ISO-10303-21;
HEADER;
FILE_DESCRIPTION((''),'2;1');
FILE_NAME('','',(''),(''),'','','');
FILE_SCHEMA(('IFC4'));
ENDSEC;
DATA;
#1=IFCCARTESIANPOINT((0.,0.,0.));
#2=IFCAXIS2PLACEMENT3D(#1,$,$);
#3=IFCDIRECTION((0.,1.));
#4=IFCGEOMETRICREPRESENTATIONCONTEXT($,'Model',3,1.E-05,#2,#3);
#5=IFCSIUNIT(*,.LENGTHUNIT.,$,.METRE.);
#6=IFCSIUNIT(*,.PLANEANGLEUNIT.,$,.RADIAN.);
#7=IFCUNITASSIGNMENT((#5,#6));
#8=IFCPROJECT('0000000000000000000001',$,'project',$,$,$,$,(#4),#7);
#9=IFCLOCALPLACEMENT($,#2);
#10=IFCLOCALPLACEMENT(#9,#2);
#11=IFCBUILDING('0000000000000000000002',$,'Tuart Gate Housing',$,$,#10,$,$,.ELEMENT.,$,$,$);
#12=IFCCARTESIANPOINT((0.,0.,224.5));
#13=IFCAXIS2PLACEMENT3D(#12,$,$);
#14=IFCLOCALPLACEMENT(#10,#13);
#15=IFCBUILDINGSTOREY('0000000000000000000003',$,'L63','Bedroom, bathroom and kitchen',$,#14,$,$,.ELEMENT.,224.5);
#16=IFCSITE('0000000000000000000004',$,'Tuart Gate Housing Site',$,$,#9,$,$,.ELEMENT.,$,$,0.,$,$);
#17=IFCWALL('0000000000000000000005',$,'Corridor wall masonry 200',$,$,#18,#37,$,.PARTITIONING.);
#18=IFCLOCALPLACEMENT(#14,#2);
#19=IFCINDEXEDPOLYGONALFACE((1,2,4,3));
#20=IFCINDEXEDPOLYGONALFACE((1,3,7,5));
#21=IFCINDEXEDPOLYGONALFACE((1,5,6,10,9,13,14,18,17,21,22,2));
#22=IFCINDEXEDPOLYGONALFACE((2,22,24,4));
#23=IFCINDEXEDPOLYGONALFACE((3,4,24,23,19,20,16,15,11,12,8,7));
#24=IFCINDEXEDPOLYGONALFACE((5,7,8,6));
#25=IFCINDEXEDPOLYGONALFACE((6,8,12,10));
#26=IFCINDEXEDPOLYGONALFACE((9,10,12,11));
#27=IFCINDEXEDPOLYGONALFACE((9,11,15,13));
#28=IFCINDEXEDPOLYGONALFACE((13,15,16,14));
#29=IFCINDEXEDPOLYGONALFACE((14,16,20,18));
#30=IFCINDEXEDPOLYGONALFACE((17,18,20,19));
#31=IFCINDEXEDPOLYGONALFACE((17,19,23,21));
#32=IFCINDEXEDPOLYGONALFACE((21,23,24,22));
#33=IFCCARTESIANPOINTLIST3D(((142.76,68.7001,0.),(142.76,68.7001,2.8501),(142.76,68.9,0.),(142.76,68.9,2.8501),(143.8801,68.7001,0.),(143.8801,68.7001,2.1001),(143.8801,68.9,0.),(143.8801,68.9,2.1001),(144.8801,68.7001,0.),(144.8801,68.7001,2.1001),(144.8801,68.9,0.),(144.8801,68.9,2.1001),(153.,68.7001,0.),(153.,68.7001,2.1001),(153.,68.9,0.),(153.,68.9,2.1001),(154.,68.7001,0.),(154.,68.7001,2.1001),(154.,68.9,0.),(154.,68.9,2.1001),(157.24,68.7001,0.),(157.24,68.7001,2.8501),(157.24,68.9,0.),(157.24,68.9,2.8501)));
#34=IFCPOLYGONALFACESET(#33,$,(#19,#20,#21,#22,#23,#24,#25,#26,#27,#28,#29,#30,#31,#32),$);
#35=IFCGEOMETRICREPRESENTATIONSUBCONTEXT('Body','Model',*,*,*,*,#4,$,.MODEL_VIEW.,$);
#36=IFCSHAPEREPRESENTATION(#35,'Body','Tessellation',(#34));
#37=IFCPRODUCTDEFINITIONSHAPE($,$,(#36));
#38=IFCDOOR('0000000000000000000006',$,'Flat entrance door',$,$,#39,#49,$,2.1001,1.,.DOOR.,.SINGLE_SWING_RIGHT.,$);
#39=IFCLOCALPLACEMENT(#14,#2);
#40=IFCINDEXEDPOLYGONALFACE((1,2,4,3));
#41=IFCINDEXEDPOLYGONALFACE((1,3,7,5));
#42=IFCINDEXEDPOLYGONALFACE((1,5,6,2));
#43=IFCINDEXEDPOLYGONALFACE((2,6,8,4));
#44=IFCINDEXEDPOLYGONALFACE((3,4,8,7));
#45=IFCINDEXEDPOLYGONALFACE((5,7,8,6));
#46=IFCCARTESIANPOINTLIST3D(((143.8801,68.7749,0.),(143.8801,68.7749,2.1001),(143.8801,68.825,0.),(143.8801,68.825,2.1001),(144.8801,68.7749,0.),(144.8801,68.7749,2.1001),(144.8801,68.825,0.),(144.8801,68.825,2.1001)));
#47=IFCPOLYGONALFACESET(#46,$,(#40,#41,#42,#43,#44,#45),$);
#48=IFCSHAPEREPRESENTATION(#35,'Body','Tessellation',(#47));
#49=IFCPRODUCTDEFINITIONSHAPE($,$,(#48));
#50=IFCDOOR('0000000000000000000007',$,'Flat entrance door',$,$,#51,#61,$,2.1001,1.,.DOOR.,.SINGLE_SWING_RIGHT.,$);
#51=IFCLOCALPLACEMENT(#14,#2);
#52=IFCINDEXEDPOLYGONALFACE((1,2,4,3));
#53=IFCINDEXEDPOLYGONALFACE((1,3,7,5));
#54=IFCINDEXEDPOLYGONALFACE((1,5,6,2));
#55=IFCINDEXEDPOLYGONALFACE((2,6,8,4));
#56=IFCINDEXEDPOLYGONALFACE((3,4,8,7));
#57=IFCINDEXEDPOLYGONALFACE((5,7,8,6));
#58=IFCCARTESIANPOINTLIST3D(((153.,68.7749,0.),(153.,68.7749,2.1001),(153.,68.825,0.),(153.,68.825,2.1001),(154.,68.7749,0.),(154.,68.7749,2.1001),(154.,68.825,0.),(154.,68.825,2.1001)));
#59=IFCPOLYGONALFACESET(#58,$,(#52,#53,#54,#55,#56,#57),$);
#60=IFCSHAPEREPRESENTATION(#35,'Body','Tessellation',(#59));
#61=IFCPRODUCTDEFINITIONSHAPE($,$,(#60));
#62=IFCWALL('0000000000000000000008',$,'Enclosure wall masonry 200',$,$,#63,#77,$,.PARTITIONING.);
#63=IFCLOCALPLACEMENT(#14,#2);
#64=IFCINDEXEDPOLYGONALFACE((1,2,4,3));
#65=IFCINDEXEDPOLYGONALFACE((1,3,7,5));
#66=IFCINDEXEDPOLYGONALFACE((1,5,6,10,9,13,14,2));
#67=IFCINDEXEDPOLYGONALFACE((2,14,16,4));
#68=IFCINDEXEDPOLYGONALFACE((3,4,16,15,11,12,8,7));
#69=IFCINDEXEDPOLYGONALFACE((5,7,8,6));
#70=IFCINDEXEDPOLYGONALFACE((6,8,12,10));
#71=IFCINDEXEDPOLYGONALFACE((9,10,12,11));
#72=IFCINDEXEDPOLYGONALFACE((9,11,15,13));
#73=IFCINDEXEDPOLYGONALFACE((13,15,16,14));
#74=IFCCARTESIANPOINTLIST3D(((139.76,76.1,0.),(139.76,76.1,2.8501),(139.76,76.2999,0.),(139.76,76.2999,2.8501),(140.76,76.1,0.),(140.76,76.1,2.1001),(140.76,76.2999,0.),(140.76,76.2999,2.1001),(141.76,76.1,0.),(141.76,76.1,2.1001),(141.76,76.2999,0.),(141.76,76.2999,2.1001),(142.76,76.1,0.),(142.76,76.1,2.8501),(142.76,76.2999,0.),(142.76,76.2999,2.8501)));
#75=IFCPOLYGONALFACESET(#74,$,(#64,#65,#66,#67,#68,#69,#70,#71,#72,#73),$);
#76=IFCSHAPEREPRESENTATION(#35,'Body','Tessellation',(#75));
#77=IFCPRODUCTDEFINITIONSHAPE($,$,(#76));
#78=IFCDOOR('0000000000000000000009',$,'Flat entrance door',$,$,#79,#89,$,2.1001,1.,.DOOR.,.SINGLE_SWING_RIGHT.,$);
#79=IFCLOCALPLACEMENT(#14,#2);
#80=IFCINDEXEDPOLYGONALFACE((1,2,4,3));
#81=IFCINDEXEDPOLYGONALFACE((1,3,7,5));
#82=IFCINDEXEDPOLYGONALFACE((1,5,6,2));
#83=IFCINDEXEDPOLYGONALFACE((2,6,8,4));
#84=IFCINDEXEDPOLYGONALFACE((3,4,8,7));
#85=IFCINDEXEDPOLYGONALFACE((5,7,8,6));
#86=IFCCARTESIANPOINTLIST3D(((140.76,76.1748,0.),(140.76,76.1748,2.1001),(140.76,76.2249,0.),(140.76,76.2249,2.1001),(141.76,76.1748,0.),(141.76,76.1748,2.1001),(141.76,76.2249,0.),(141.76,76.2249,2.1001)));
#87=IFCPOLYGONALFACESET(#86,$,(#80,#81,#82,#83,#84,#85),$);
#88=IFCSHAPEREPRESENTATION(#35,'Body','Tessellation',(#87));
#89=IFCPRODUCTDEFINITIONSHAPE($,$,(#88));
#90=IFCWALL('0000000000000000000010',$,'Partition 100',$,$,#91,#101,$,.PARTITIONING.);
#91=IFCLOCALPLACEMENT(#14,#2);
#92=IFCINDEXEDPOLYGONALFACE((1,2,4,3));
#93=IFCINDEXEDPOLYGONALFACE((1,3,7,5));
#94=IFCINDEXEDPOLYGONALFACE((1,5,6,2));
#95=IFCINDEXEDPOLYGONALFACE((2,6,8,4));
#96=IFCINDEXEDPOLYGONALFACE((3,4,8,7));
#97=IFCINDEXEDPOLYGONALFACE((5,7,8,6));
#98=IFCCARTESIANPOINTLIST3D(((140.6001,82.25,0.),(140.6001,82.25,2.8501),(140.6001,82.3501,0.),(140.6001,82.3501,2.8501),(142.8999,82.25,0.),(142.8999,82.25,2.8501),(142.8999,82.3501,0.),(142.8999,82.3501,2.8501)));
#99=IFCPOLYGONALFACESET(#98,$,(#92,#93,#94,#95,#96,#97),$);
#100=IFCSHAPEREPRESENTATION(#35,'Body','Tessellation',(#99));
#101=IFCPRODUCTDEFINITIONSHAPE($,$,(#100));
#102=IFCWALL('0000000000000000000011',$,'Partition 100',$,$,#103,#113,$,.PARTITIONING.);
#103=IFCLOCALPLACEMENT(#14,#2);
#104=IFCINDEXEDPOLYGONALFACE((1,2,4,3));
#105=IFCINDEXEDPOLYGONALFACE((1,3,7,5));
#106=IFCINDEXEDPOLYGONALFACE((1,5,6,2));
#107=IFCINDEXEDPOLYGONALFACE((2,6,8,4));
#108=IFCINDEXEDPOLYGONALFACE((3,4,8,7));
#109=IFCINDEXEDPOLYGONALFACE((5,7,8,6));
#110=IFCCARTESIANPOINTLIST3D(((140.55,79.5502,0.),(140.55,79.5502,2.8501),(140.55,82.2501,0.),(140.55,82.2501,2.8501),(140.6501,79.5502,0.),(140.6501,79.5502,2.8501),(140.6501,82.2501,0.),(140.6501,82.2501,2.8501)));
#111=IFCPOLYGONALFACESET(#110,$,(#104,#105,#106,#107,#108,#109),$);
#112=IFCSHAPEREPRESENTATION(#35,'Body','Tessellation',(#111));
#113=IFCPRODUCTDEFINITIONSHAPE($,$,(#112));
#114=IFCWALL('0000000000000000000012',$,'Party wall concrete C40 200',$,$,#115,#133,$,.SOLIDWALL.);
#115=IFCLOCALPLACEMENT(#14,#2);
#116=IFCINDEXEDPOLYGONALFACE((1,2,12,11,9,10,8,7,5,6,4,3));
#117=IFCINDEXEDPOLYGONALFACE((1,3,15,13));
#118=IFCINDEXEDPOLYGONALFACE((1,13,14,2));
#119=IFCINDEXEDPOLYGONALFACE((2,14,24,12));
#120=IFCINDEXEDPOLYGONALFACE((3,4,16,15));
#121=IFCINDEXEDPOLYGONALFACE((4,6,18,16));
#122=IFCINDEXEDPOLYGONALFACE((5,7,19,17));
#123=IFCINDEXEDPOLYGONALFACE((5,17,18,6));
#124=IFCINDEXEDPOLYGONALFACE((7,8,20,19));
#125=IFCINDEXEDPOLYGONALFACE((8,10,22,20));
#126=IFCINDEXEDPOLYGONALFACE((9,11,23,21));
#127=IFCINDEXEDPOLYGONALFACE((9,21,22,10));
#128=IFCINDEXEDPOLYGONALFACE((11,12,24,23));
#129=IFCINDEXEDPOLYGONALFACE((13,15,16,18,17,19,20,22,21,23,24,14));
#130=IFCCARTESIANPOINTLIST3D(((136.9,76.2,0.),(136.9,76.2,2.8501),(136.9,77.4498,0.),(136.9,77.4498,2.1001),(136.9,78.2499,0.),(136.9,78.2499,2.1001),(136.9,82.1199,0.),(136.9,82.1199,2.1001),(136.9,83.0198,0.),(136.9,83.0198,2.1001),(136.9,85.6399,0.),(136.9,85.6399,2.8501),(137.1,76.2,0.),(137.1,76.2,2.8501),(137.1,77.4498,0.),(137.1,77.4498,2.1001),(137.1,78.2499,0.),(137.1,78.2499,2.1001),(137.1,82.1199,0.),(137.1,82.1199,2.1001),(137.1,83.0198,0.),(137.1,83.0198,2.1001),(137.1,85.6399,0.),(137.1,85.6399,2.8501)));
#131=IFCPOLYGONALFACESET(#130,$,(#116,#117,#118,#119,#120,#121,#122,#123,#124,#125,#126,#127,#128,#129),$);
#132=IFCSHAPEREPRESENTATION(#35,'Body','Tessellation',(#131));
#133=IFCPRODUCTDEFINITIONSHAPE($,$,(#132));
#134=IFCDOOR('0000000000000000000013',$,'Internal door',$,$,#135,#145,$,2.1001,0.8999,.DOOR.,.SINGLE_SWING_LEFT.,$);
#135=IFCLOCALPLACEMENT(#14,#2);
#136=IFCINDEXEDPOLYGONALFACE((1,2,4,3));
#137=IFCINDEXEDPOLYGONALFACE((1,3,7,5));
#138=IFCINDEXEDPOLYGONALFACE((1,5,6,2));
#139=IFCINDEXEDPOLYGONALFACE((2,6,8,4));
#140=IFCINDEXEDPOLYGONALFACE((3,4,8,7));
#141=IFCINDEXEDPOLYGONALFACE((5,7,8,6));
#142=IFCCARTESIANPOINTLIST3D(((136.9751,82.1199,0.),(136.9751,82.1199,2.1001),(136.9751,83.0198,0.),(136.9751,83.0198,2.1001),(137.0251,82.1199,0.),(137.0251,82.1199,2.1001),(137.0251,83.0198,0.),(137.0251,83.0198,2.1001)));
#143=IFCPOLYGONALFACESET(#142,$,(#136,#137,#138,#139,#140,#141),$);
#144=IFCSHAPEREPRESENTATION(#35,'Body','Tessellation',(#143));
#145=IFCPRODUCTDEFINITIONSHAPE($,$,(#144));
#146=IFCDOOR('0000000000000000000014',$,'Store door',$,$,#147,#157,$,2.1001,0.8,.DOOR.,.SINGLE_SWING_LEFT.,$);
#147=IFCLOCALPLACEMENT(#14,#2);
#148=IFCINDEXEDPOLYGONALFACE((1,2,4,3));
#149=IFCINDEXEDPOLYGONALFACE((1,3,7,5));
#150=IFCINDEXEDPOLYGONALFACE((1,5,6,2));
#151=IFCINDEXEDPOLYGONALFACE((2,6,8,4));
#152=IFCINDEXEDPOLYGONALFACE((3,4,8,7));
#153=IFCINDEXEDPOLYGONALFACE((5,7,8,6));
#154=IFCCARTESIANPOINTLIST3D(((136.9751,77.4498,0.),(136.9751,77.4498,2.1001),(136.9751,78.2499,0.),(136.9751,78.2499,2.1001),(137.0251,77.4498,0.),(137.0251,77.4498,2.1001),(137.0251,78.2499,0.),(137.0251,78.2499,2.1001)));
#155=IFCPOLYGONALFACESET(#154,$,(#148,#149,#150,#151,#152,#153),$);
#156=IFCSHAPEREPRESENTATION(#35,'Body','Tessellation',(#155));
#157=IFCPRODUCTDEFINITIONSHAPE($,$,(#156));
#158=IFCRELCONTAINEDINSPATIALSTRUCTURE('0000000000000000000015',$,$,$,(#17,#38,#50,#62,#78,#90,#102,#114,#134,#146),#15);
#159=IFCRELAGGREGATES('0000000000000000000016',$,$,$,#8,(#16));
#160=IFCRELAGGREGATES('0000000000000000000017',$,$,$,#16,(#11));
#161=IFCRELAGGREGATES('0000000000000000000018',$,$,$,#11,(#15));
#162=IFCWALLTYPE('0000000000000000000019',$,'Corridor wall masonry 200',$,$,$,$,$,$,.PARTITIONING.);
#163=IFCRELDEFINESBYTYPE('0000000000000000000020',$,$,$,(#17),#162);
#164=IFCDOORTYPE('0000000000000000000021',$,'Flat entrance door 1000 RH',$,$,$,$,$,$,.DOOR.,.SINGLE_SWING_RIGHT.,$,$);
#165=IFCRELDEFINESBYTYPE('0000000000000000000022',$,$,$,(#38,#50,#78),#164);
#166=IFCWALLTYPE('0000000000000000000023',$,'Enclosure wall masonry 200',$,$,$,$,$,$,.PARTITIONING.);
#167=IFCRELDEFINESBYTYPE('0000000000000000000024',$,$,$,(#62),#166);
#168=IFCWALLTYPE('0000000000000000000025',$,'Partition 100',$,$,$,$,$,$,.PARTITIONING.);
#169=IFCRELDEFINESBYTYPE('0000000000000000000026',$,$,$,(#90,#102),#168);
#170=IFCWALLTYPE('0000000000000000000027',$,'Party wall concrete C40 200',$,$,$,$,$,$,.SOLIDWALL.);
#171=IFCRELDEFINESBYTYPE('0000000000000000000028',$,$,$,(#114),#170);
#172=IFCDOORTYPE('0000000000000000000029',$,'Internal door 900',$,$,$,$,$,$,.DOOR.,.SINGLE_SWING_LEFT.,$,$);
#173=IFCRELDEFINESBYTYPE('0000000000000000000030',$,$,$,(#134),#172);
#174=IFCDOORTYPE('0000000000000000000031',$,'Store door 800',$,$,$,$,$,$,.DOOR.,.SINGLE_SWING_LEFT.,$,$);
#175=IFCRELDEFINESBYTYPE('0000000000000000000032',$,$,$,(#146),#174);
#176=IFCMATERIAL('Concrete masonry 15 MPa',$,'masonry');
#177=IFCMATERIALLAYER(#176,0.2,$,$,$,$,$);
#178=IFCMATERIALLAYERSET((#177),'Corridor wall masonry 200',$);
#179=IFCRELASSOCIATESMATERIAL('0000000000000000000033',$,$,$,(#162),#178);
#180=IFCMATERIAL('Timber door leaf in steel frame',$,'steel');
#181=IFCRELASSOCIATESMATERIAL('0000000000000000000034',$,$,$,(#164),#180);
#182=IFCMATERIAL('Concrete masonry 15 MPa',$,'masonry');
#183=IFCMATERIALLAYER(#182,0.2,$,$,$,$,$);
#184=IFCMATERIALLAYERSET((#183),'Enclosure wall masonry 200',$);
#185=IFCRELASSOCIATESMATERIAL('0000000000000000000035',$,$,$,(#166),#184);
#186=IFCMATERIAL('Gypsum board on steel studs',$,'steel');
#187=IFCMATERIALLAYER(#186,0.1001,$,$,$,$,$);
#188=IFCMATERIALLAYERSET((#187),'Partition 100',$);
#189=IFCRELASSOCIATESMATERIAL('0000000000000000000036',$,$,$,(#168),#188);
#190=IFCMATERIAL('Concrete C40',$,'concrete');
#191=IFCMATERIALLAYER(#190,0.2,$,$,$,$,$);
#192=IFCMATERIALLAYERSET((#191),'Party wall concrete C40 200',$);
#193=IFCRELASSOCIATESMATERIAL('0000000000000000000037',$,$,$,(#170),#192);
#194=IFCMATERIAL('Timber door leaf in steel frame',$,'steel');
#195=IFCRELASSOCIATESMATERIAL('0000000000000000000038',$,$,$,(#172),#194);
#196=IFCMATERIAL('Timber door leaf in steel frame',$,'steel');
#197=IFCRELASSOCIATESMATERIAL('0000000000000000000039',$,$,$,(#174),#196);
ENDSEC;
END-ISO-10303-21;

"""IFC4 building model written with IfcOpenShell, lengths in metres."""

from ifc_helpers import new_model, si_unit, direction, frame, frame_2d, origin, place, context, subcontext, project, spatial, rectangle, extrude, material, layer, layer_set, type_object, element, fill, save


model = new_model("IFC4")

# Units and contexts
model_context = context("Model", 3, precision=1e-05, world=origin(), true_north=direction((0.0, 1.0)))
body_context = subcontext(model_context, "Body", "Model", "MODEL_VIEW")
ifc_project = project(units=[si_unit("LENGTHUNIT", "METRE"), si_unit("PLANEANGLEUNIT", "RADIAN")], contexts=[model_context])

# Site, building, storey
site_placement = place(None, origin())
site = spatial("IfcSite", under=ifc_project, at=site_placement, Name="Tuart Gate Housing Site", CompositionType="ELEMENT", RefElevation=0.0)
building_placement = place(site_placement, origin())
building = spatial("IfcBuilding", under=site, at=building_placement, Name="Tuart Gate Housing", CompositionType="ELEMENT")
storey_placement = place(building_placement, frame((0.0, 0.0, 224.5)))
storey = spatial("IfcBuildingStorey", under=building, at=storey_placement, Name="L63", Description="Bedroom, bathroom and kitchen", CompositionType="ELEMENT", Elevation=224.5)

# Wall, openings, doors
ifc_material_1 = material(Name="Concrete masonry 15 MPa", Category="masonry")
ifc_layer_1 = layer(ifc_material_1, 0.2)
ifc_layer_set_1 = layer_set([ifc_layer_1], Name="Corridor wall masonry 200")
wall_type_1 = type_object("IfcWallType", Name="Corridor wall masonry 200", PredefinedType="PARTITIONING", material=ifc_layer_set_1)
wall_1_placement = place(storey_placement, frame((142.76, 68.8, 0.0), z_axis=(0.0, 0.0, 1.0), x_axis=(1.0, 0.0, 0.0)))
wall_1 = element("IfcWall", 1, at=wall_1_placement, inside=storey, type_object=wall_type_1, Name="Corridor wall masonry 200", PredefinedType="PARTITIONING", context=body_context, shape_type="SweptSolid", body=[
    extrude(rectangle(XDim=14.48, YDim=0.2, at=frame_2d((7.24, 0.0))), origin(), (0.0, 0.0, 1.0), 2.8501),
])
opening_1_placement = place(wall_1_placement, frame((1.1201, 0.0, 0.0)))
opening_1 = element("IfcOpeningElement", 2, at=opening_1_placement, cuts=wall_1, PredefinedType="OPENING", context=body_context, shape_type="SweptSolid", body=[
    extrude(rectangle(XDim=1.0, YDim=2.1001, at=frame_2d((0.5, 1.05))), frame((0.0, 0.1099, 0.0), z_axis=(0.0, -1.0, 0.0), x_axis=(1.0, 0.0, 0.0)), (0.0, 0.0, 1.0), 0.22),
])
opening_2_placement = place(wall_1_placement, frame((10.24, 0.0, 0.0)))
opening_2 = element("IfcOpeningElement", 3, at=opening_2_placement, cuts=wall_1, PredefinedType="OPENING", context=body_context, shape_type="SweptSolid", body=[
    extrude(rectangle(XDim=1.0, YDim=2.1001, at=frame_2d((0.5, 1.05))), frame((0.0, 0.1099, 0.0), z_axis=(0.0, -1.0, 0.0), x_axis=(1.0, 0.0, 0.0)), (0.0, 0.0, 1.0), 0.22),
])
ifc_material_2 = material(Name="Timber door leaf in steel frame", Category="steel")
door_type_1 = type_object("IfcDoorType", Name="Flat entrance door 1000 RH", OperationType="SINGLE_SWING_RIGHT", PredefinedType="DOOR", material=ifc_material_2)
door_1_placement = place(opening_1_placement, frame((1.0, 0.0, 0.0), z_axis=(0.0, 0.0, 1.0), x_axis=(-1.0, 0.0, 0.0)))
door_1 = element("IfcDoor", 4, at=door_1_placement, inside=storey, type_object=door_type_1, Name="Flat entrance door", OperationType="SINGLE_SWING_RIGHT", OverallHeight=2.1001, OverallWidth=1.0, PredefinedType="DOOR", context=body_context, shape_type="SweptSolid", body=[
    extrude(rectangle(XDim=1.0, YDim=2.1001, at=frame_2d((0.5, 1.05))), frame((0.0, 0.0251, 0.0), z_axis=(0.0, -1.0, 0.0), x_axis=(1.0, 0.0, 0.0)), (0.0, 0.0, 1.0), 0.05),
])
fill(opening_1, door_1)
door_2_placement = place(opening_2_placement, frame((1.0, 0.0, 0.0), z_axis=(0.0, 0.0, 1.0), x_axis=(-1.0, 0.0, 0.0)))
door_2 = element("IfcDoor", 5, at=door_2_placement, inside=storey, type_object=door_type_1, Name="Flat entrance door", OperationType="SINGLE_SWING_RIGHT", OverallHeight=2.1001, OverallWidth=1.0, PredefinedType="DOOR", context=body_context, shape_type="SweptSolid", body=[
    extrude(rectangle(XDim=1.0, YDim=2.1001, at=frame_2d((0.5, 1.05))), frame((0.0, 0.0251, 0.0), z_axis=(0.0, -1.0, 0.0), x_axis=(1.0, 0.0, 0.0)), (0.0, 0.0, 1.0), 0.05),
])
fill(opening_2, door_2)

# Wall, opening, door
ifc_material_3 = material(Name="Concrete masonry 15 MPa", Category="masonry")
ifc_layer_2 = layer(ifc_material_3, 0.2)
ifc_layer_set_2 = layer_set([ifc_layer_2], Name="Enclosure wall masonry 200")
wall_type_2 = type_object("IfcWallType", Name="Enclosure wall masonry 200", PredefinedType="PARTITIONING", material=ifc_layer_set_2)
wall_2_placement = place(storey_placement, frame((139.76, 76.2, 0.0), z_axis=(0.0, 0.0, 1.0), x_axis=(1.0, 0.0, 0.0)))
wall_2 = element("IfcWall", 6, at=wall_2_placement, inside=storey, type_object=wall_type_2, Name="Enclosure wall masonry 200", PredefinedType="PARTITIONING", context=body_context, shape_type="SweptSolid", body=[
    extrude(rectangle(XDim=3.0, YDim=0.2, at=frame_2d((1.5, 0.0))), origin(), (0.0, 0.0, 1.0), 2.8501),
])
opening_3_placement = place(wall_2_placement, frame((1.0, 0.0, 0.0)))
opening_3 = element("IfcOpeningElement", 7, at=opening_3_placement, cuts=wall_2, PredefinedType="OPENING", context=body_context, shape_type="SweptSolid", body=[
    extrude(rectangle(XDim=1.0, YDim=2.1001, at=frame_2d((0.5, 1.05))), frame((0.0, 0.1099, 0.0), z_axis=(0.0, -1.0, 0.0), x_axis=(1.0, 0.0, 0.0)), (0.0, 0.0, 1.0), 0.22),
])
door_3_placement = place(opening_3_placement, origin())
door_3 = element("IfcDoor", 8, at=door_3_placement, inside=storey, type_object=door_type_1, Name="Flat entrance door", OperationType="SINGLE_SWING_RIGHT", OverallHeight=2.1001, OverallWidth=1.0, PredefinedType="DOOR", context=body_context, shape_type="SweptSolid", body=[
    extrude(rectangle(XDim=1.0, YDim=2.1001, at=frame_2d((0.5, 1.05))), frame((0.0, 0.0249, 0.0), z_axis=(0.0, -1.0, 0.0), x_axis=(1.0, 0.0, 0.0)), (0.0, 0.0, 1.0), 0.05),
])
fill(opening_3, door_3)

# Walls
ifc_material_4 = material(Name="Gypsum board on steel studs", Category="steel")
ifc_layer_3 = layer(ifc_material_4, 0.1001)
ifc_layer_set_3 = layer_set([ifc_layer_3], Name="Partition 100")
wall_type_3 = type_object("IfcWallType", Name="Partition 100", PredefinedType="PARTITIONING", material=ifc_layer_set_3)
wall_3_placement = place(storey_placement, frame((140.6001, 82.3, 0.0), z_axis=(0.0, 0.0, 1.0), x_axis=(1.0, 0.0, 0.0)))
element("IfcWall", 9, at=wall_3_placement, inside=storey, type_object=wall_type_3, Name="Partition 100", PredefinedType="PARTITIONING", context=body_context, shape_type="SweptSolid", body=[
    extrude(rectangle(XDim=2.2998, YDim=0.1001, at=frame_2d((1.1499, 0.0))), origin(), (0.0, 0.0, 1.0), 2.8501),
])
wall_4_placement = place(storey_placement, frame((140.6001, 79.55, 0.0), z_axis=(0.0, 0.0, 1.0), x_axis=(0.0, 1.0, 0.0)))
element("IfcWall", 10, at=wall_4_placement, inside=storey, type_object=wall_type_3, Name="Partition 100", PredefinedType="PARTITIONING", context=body_context, shape_type="SweptSolid", body=[
    extrude(rectangle(XDim=2.7, YDim=0.1001, at=frame_2d((1.3501, 0.0))), origin(), (0.0, 0.0, 1.0), 2.8501),
])

# Wall, openings, doors
ifc_material_5 = material(Name="Concrete C40", Category="concrete")
ifc_layer_4 = layer(ifc_material_5, 0.2)
ifc_layer_set_4 = layer_set([ifc_layer_4], Name="Party wall concrete C40 200")
wall_type_4 = type_object("IfcWallType", Name="Party wall concrete C40 200", PredefinedType="SOLIDWALL", material=ifc_layer_set_4)
wall_5_placement = place(storey_placement, frame((137.0, 76.2, 0.0), z_axis=(0.0, 0.0, 1.0), x_axis=(0.0, 1.0, 0.0)))
wall_5 = element("IfcWall", 11, at=wall_5_placement, inside=storey, type_object=wall_type_4, Name="Party wall concrete C40 200", PredefinedType="SOLIDWALL", context=body_context, shape_type="SweptSolid", body=[
    extrude(rectangle(XDim=9.4399, YDim=0.2, at=frame_2d((4.72, 0.0))), origin(), (0.0, 0.0, 1.0), 2.8501),
])
opening_4_placement = place(wall_5_placement, frame((5.9199, 0.0, 0.0)))
opening_4 = element("IfcOpeningElement", 12, at=opening_4_placement, cuts=wall_5, PredefinedType="OPENING", context=body_context, shape_type="SweptSolid", body=[
    extrude(rectangle(XDim=0.8999, YDim=2.1001, at=frame_2d((0.45, 1.05))), frame((0.0, 0.1099, 0.0), z_axis=(0.0, -1.0, 0.0), x_axis=(1.0, 0.0, 0.0)), (0.0, 0.0, 1.0), 0.22),
])
opening_5_placement = place(wall_5_placement, frame((1.25, 0.0, 0.0)))
opening_5 = element("IfcOpeningElement", 13, at=opening_5_placement, cuts=wall_5, PredefinedType="OPENING", context=body_context, shape_type="SweptSolid", body=[
    extrude(rectangle(XDim=0.8, YDim=2.1001, at=frame_2d((0.3999, 1.05))), frame((0.0, 0.1099, 0.0), z_axis=(0.0, -1.0, 0.0), x_axis=(1.0, 0.0, 0.0)), (0.0, 0.0, 1.0), 0.22),
])
ifc_material_6 = material(Name="Timber door leaf in steel frame", Category="steel")
door_type_2 = type_object("IfcDoorType", Name="Internal door 900", OperationType="SINGLE_SWING_LEFT", PredefinedType="DOOR", material=ifc_material_6)
door_4_placement = place(opening_4_placement, origin())
door_4 = element("IfcDoor", 14, at=door_4_placement, inside=storey, type_object=door_type_2, Name="Internal door", OperationType="SINGLE_SWING_LEFT", OverallHeight=2.1001, OverallWidth=0.8999, PredefinedType="DOOR", context=body_context, shape_type="SweptSolid", body=[
    extrude(rectangle(XDim=0.8999, YDim=2.1001, at=frame_2d((0.45, 1.05))), frame((0.0, 0.0249, 0.0), z_axis=(0.0, -1.0, 0.0), x_axis=(1.0, 0.0, 0.0)), (0.0, 0.0, 1.0), 0.05),
])
fill(opening_4, door_4)
ifc_material_7 = material(Name="Timber door leaf in steel frame", Category="steel")
door_type_3 = type_object("IfcDoorType", Name="Store door 800", OperationType="SINGLE_SWING_LEFT", PredefinedType="DOOR", material=ifc_material_7)
door_5_placement = place(opening_5_placement, origin())
door_5 = element("IfcDoor", 15, at=door_5_placement, inside=storey, type_object=door_type_3, Name="Store door", OperationType="SINGLE_SWING_LEFT", OverallHeight=2.1001, OverallWidth=0.8, PredefinedType="DOOR", context=body_context, shape_type="SweptSolid", body=[
    extrude(rectangle(XDim=0.8, YDim=2.1001, at=frame_2d((0.3999, 1.05))), frame((0.0, 0.0249, 0.0), z_axis=(0.0, -1.0, 0.0), x_axis=(1.0, 0.0, 0.0)), (0.0, 0.0, 1.0), 0.05),
])
fill(opening_5, door_5)

save(model, "model.ifc")
